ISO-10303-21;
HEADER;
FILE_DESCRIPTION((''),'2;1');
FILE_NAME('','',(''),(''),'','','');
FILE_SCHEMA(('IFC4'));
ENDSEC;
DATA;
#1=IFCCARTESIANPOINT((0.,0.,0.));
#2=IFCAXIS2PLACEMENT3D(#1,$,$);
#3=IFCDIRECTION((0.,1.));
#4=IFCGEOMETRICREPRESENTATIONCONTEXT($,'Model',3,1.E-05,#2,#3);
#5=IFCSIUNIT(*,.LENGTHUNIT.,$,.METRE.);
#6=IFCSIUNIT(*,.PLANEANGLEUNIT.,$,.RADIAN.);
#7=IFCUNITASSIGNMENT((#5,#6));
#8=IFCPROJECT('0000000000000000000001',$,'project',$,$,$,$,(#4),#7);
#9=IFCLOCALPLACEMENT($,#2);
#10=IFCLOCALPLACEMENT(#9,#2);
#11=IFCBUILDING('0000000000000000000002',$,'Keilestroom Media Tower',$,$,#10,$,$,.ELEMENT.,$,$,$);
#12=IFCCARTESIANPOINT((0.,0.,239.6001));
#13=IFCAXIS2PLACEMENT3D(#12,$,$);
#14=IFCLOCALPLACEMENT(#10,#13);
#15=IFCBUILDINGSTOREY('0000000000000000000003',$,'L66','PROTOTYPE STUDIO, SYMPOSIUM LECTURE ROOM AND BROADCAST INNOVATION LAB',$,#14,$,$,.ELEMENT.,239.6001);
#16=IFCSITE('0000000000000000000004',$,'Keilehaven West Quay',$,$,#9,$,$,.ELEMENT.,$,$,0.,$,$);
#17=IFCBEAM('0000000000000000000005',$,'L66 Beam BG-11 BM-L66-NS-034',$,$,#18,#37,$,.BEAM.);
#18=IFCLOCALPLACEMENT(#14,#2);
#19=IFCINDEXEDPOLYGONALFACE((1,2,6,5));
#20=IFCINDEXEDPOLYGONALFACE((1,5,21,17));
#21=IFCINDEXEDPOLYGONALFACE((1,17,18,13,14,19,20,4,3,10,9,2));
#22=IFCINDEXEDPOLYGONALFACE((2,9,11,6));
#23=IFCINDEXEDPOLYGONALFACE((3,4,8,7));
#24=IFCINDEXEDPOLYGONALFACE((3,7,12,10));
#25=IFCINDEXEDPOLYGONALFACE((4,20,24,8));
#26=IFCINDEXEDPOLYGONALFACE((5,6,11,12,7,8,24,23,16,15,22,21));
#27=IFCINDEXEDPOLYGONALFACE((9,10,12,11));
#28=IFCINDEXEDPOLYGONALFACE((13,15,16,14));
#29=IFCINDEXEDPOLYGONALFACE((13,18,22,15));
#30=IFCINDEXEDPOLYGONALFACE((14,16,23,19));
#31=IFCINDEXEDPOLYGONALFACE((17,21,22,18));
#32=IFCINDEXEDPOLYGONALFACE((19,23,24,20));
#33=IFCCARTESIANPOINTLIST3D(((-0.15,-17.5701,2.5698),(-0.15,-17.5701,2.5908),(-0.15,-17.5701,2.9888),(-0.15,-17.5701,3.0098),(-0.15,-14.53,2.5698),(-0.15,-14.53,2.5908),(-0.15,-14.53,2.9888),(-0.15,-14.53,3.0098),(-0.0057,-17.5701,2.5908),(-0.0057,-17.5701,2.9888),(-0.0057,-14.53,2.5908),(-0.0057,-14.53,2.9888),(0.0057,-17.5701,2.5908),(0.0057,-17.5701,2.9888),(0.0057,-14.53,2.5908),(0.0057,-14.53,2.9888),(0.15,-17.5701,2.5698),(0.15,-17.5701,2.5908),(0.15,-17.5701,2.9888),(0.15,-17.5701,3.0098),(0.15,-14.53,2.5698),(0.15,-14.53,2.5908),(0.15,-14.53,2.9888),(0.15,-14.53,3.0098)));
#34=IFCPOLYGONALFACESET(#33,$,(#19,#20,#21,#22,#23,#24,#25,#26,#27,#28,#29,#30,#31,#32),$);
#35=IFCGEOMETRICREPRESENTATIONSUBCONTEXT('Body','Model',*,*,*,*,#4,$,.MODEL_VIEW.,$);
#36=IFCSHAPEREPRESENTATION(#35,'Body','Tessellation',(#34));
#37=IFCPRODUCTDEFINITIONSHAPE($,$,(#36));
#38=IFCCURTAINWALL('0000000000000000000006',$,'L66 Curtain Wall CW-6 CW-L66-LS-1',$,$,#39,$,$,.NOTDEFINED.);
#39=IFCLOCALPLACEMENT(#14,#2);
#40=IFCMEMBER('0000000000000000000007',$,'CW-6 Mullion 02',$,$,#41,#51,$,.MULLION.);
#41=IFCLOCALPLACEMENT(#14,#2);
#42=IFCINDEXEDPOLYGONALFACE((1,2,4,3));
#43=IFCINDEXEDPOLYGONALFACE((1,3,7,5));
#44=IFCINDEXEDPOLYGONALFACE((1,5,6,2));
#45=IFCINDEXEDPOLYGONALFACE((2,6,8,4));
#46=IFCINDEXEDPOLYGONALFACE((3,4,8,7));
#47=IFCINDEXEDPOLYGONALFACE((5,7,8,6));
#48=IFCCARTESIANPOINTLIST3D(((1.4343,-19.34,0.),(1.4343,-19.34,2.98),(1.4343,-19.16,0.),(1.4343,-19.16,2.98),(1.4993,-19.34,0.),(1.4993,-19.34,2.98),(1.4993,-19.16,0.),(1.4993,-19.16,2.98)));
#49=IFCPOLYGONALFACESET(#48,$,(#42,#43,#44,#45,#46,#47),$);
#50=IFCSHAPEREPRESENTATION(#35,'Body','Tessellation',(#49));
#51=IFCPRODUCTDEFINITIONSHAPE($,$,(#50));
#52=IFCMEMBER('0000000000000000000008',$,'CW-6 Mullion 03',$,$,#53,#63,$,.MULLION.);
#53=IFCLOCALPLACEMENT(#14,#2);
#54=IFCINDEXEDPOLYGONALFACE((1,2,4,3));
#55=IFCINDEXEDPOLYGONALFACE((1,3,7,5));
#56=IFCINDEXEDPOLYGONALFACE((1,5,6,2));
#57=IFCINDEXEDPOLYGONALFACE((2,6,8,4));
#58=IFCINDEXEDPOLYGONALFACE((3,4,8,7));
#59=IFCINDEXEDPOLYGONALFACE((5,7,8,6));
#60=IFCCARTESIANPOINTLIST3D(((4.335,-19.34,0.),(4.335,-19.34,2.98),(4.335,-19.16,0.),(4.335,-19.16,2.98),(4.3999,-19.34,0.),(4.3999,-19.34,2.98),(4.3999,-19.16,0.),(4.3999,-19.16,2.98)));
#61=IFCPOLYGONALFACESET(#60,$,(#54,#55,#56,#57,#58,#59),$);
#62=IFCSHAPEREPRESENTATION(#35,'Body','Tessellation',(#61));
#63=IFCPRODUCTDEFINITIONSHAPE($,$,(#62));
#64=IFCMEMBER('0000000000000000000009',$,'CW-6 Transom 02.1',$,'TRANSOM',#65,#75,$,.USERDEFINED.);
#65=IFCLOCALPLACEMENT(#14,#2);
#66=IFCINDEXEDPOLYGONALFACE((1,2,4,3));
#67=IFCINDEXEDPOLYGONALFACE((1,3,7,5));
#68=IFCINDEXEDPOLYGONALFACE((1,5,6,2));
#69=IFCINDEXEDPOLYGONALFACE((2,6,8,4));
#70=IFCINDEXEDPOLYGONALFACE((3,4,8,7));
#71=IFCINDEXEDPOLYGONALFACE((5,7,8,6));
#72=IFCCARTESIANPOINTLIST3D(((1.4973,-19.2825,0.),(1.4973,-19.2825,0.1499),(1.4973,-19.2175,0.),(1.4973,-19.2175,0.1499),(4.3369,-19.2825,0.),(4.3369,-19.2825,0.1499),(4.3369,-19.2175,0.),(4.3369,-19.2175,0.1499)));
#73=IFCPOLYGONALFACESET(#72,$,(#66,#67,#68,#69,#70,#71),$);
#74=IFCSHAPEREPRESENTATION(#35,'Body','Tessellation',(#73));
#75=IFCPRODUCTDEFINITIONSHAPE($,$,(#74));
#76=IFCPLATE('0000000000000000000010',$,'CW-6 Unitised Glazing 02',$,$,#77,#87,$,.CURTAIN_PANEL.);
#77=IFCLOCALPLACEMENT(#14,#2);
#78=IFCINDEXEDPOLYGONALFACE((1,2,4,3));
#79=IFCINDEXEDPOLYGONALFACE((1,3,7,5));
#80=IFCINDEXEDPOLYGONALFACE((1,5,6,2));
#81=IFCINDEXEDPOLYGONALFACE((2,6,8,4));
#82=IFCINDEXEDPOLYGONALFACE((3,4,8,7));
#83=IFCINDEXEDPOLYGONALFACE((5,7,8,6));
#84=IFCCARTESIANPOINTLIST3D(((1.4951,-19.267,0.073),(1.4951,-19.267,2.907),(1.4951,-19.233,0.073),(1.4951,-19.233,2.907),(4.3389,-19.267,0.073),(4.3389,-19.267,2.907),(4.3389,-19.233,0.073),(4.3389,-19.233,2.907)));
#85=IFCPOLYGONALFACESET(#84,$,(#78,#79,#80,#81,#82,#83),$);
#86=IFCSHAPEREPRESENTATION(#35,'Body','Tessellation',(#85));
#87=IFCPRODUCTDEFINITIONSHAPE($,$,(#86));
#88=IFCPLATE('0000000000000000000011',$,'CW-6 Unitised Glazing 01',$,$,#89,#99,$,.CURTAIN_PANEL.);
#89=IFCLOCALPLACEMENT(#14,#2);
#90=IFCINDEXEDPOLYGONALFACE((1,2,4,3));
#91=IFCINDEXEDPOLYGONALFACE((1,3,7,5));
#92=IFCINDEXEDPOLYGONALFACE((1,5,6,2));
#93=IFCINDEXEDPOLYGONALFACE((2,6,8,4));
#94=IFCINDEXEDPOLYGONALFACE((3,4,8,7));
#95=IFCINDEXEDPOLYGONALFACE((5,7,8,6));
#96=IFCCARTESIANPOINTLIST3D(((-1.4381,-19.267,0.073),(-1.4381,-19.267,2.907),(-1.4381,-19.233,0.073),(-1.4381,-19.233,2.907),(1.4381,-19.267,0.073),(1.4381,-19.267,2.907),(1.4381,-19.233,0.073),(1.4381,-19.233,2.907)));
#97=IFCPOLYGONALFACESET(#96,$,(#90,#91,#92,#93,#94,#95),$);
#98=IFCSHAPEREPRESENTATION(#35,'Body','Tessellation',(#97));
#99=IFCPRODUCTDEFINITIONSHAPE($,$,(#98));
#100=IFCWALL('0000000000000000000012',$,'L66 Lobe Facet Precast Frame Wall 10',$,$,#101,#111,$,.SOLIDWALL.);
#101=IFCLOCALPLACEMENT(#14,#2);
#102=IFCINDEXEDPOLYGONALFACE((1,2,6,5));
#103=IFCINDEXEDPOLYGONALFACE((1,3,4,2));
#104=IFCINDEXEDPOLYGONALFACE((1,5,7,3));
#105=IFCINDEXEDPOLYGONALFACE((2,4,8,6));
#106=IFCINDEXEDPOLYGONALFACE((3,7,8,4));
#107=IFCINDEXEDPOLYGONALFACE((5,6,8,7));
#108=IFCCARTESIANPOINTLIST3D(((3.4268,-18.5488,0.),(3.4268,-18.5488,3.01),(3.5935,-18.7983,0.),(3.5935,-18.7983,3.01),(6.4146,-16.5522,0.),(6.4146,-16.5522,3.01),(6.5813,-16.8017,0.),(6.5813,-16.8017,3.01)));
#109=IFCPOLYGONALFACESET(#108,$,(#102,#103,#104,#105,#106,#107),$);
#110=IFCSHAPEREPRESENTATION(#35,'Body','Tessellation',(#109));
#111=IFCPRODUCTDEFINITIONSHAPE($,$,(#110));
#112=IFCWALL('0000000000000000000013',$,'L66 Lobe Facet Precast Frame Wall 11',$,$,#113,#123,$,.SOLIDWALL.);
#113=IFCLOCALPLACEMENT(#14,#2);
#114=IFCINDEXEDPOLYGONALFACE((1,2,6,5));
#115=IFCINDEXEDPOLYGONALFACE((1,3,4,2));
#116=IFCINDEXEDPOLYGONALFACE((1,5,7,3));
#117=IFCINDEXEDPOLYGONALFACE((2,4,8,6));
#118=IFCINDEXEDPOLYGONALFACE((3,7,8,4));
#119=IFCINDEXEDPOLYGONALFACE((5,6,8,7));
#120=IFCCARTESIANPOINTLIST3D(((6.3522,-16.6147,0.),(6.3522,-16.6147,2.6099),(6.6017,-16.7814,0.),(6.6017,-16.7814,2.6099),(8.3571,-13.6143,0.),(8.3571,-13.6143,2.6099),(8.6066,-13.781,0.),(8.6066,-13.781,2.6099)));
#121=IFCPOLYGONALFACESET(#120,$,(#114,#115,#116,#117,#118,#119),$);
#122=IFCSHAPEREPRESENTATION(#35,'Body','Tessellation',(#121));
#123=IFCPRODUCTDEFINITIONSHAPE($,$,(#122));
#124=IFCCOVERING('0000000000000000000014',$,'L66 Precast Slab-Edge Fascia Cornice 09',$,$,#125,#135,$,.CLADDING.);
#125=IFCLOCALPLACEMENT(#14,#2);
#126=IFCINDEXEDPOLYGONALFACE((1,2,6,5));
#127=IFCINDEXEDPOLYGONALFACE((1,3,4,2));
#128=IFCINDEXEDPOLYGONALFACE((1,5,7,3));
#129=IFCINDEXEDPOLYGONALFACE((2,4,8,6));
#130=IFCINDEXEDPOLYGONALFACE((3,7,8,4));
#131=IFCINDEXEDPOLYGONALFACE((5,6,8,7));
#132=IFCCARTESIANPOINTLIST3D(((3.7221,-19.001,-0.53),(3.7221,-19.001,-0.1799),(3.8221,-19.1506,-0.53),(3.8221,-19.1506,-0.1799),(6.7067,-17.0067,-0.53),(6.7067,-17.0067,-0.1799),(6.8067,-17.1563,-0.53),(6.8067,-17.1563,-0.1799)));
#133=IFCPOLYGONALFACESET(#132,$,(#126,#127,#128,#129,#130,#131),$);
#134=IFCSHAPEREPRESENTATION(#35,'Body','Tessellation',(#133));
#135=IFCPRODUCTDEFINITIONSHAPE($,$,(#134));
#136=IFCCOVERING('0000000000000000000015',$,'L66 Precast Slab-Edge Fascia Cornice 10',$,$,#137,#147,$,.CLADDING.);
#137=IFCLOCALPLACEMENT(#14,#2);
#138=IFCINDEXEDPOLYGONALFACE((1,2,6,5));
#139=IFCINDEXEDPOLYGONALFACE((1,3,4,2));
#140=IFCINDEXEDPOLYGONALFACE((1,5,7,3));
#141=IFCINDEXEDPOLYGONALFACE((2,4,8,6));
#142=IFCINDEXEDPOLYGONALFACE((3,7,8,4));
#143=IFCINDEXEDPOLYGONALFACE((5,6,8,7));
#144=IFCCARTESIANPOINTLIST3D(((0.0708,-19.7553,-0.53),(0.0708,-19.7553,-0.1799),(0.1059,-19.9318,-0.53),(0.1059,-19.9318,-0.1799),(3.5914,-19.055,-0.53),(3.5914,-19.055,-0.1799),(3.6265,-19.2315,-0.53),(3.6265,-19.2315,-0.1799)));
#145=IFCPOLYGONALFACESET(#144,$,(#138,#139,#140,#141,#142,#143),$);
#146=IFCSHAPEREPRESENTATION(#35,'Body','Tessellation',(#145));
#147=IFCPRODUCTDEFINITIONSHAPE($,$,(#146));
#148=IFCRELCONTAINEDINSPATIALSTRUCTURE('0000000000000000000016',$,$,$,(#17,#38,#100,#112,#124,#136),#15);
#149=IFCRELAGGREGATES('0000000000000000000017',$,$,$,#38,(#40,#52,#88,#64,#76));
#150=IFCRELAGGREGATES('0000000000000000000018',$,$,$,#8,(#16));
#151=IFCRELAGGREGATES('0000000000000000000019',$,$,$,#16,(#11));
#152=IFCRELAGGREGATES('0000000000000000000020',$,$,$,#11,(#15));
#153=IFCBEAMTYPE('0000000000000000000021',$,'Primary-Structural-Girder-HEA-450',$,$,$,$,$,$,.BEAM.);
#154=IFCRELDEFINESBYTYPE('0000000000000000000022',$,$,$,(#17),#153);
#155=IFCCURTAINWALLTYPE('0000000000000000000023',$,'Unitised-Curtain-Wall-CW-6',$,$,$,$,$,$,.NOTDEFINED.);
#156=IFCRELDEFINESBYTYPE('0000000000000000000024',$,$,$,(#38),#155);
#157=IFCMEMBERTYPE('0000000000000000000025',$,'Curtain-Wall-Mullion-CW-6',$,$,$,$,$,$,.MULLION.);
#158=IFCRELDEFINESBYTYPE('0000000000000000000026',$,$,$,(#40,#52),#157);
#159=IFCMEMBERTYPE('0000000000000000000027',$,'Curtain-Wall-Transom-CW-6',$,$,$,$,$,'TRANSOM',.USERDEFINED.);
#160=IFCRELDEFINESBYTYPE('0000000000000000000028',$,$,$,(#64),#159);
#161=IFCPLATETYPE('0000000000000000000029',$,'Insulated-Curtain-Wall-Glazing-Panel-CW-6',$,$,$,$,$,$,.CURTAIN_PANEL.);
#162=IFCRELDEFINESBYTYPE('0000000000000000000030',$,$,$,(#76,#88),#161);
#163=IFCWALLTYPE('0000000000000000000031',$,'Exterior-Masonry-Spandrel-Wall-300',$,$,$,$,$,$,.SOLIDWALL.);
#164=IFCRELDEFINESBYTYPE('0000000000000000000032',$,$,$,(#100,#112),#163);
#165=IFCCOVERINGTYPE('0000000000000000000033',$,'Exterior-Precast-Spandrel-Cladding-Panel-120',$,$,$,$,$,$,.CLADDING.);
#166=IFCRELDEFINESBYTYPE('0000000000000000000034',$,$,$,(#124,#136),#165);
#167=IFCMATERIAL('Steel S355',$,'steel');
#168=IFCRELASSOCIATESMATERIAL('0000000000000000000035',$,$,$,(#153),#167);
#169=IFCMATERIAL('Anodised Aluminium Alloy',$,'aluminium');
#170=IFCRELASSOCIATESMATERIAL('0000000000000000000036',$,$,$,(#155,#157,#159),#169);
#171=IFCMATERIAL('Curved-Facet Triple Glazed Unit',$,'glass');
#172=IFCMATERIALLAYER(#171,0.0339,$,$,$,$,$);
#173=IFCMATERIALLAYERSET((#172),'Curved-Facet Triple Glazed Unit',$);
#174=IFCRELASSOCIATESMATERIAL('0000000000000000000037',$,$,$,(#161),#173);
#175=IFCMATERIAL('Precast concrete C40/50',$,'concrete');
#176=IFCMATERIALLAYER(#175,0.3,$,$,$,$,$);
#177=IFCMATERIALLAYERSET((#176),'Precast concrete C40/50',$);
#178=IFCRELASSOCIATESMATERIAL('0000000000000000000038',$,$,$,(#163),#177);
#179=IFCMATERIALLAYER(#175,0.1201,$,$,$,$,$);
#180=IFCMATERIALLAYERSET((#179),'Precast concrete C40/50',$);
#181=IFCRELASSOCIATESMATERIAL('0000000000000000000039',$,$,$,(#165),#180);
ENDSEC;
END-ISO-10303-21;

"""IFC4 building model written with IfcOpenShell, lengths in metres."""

from ifc_helpers import new_model, si_unit, direction, frame, frame_2d, origin, origin_2d, place, context, subcontext, project, spatial, rectangle, i_section, extrude, source, transform, mapped, material, layer, layer_set, material_profile, profile_set, type_object, element, aggregate, save


model = new_model("IFC4")

# Units and contexts
model_context = context("Model", 3, precision=1e-05, world=origin(), true_north=direction((0.0, 1.0)))
body_context = subcontext(model_context, "Body", "Model", "MODEL_VIEW")
ifc_project = project(units=[si_unit("LENGTHUNIT", "METRE"), si_unit("PLANEANGLEUNIT", "RADIAN")], contexts=[model_context])

# Site, building, storey
site_placement = place(None, origin())
site = spatial("IfcSite", under=ifc_project, at=site_placement, Name="Keilehaven West Quay", CompositionType="ELEMENT", RefElevation=0.0)
building_placement = place(site_placement, origin())
building = spatial("IfcBuilding", under=site, at=building_placement, Name="Keilestroom Media Tower", CompositionType="ELEMENT")
storey_placement = place(building_placement, frame((0.0, 0.0, 239.6001)))
storey = spatial("IfcBuildingStorey", under=building, at=storey_placement, Name="L66", Description="PROTOTYPE STUDIO, SYMPOSIUM LECTURE ROOM AND BROADCAST INNOVATION LAB", CompositionType="ELEMENT", Elevation=239.6001)

# Shared definitions
ifc_material_1 = material(Name="Steel S355", Category="steel")

# Beam
ifc_material_profile_1 = material_profile(ifc_material_1, i_section(OverallWidth=0.3, OverallDepth=0.4399, WebThickness=0.0115, FlangeThickness=0.021, at=origin_2d()), Name="HEA 450")
ifc_profile_set_1 = profile_set([ifc_material_profile_1], Name="Steel S355")
beam_type_1 = type_object("IfcBeamType", Name="Primary-Structural-Girder-HEA-450", PredefinedType="BEAM", material=ifc_profile_set_1)
shared_shape_1 = source(origin(), body_context, "Body", "SweptSolid", [
    extrude(i_section(OverallWidth=0.3, OverallDepth=0.4399, WebThickness=0.0115, FlangeThickness=0.021, at=origin_2d()), origin(), (0.0, 0.0, 1.0), 3.04),
])
beam_1_placement = place(storey_placement, frame((0.0, -17.5701, 2.7898), z_axis=(0.0, 1.0, 0.0), x_axis=(-1.0, 0.0, 0.0)))
element("IfcBeam", 1, at=beam_1_placement, inside=storey, type_object=beam_type_1, Name="L66 Beam BG-11 BM-L66-NS-034", PredefinedType="BEAM", context=body_context, shape_type="MappedRepresentation", body=[
    mapped(shared_shape_1, transform((0.0, 0.0, 0.0), x_axis=(1.0, 0.0, 0.0), y_axis=(0.0, 1.0, 0.0), z_axis=(0.0, 0.0, 1.0), scale=1.0)),
])

# Curtain wall, members, plates
ifc_material_2 = material(Name="Anodised Aluminium Alloy", Category="aluminium")
curtain_wall_type = type_object("IfcCurtainWallType", Name="Unitised-Curtain-Wall-CW-6", PredefinedType="NOTDEFINED", material=ifc_material_2)
curtain_wall_placement = place(storey_placement, origin())
curtain_wall = element("IfcCurtainWall", 2, at=curtain_wall_placement, inside=storey, type_object=curtain_wall_type, Name="L66 Curtain Wall CW-6 CW-L66-LS-1", PredefinedType="NOTDEFINED")
ifc_material_profile_2 = material_profile(ifc_material_2, rectangle(XDim=0.0649, YDim=0.1799, at=origin_2d()), Name="ALU MULLION 65x180")
ifc_profile_set_2 = profile_set([ifc_material_profile_2], Name="Anodised Aluminium Alloy")
member_type_1 = type_object("IfcMemberType", Name="Curtain-Wall-Mullion-CW-6", PredefinedType="MULLION", material=ifc_profile_set_2)
shared_shape_2 = source(origin(), body_context, "Body", "SweptSolid", [
    extrude(rectangle(XDim=0.0649, YDim=0.1799, at=origin_2d()), origin(), (0.0, 0.0, 1.0), 2.98),
])
member_1_placement = place(storey_placement, frame((1.4668, -19.25, 0.0), z_axis=(0.0, 0.0, 1.0), x_axis=(1.0, 0.0, 0.0)))
member_1 = element("IfcMember", 3, at=member_1_placement, type_object=member_type_1, Name="CW-6 Mullion 02", PredefinedType="MULLION", context=body_context, shape_type="MappedRepresentation", body=[
    mapped(shared_shape_2, transform((0.0, 0.0, 0.0), x_axis=(1.0, 0.0, 0.0), y_axis=(0.0, 1.0, 0.0), z_axis=(0.0, 0.0, 1.0), scale=1.0)),
])
member_2_placement = place(storey_placement, frame((4.3674, -19.25, 0.0), z_axis=(0.0, 0.0, 1.0), x_axis=(1.0, 0.0, 0.0)))
member_2 = element("IfcMember", 4, at=member_2_placement, type_object=member_type_1, Name="CW-6 Mullion 03", PredefinedType="MULLION", context=body_context, shape_type="MappedRepresentation", body=[
    mapped(shared_shape_2, transform((0.0, 0.0, 0.0), x_axis=(1.0, 0.0, 0.0), y_axis=(0.0, 1.0, 0.0), z_axis=(0.0, 0.0, 1.0), scale=1.0)),
])
ifc_material_profile_3 = material_profile(ifc_material_2, rectangle(XDim=0.0649, YDim=0.1499, at=origin_2d()), Name="ALU TRANSOM 65x150")
ifc_profile_set_3 = profile_set([ifc_material_profile_3], Name="Anodised Aluminium Alloy")
member_type_2 = type_object("IfcMemberType", Name="Curtain-Wall-Transom-CW-6", ElementType="TRANSOM", PredefinedType="USERDEFINED", material=ifc_profile_set_3)
shared_shape_3 = source(origin(), body_context, "Body", "SweptSolid", [
    extrude(rectangle(XDim=0.0649, YDim=0.1499, at=origin_2d()), origin(), (0.0, 0.0, 1.0), 2.8396),
])
member_3_placement = place(storey_placement, frame((1.4973, -19.25, 0.075), z_axis=(1.0, 0.0, 0.0), x_axis=(0.0, 1.0, 0.0)))
member_3 = element("IfcMember", 5, at=member_3_placement, type_object=member_type_2, Name="CW-6 Transom 02.1", ObjectType="TRANSOM", PredefinedType="USERDEFINED", context=body_context, shape_type="MappedRepresentation", body=[
    mapped(shared_shape_3, transform((0.0, 0.0, 0.0), x_axis=(1.0, 0.0, 0.0), y_axis=(0.0, 1.0, 0.0), z_axis=(0.0, 0.0, 1.0), scale=1.0)),
])
ifc_material_3 = material(Name="Curved-Facet Triple Glazed Unit", Category="glass")
ifc_layer_1 = layer(ifc_material_3, 0.0339)
ifc_layer_set_1 = layer_set([ifc_layer_1], Name="Curved-Facet Triple Glazed Unit")
plate_type = type_object("IfcPlateType", Name="Insulated-Curtain-Wall-Glazing-Panel-CW-6", PredefinedType="CURTAIN_PANEL", material=ifc_layer_set_1)
shared_shape_4 = source(origin(), body_context, "Body", "SweptSolid", [
    extrude(rectangle(XDim=2.8438, YDim=0.0339, at=origin_2d()), origin(), (0.0, 0.0, 1.0), 2.834),
])
plate_1_placement = place(storey_placement, frame((2.917, -19.25, 0.073), z_axis=(0.0, 0.0, 1.0), x_axis=(1.0, 0.0, 0.0)))
plate_1 = element("IfcPlate", 6, at=plate_1_placement, type_object=plate_type, Name="CW-6 Unitised Glazing 02", PredefinedType="CURTAIN_PANEL", context=body_context, shape_type="MappedRepresentation", body=[
    mapped(shared_shape_4, transform((0.0, 0.0, 0.0), x_axis=(1.0, 0.0, 0.0), y_axis=(0.0, 1.0, 0.0), z_axis=(0.0, 0.0, 1.0), scale=1.0)),
])
shared_shape_5 = source(origin(), body_context, "Body", "SweptSolid", [
    extrude(rectangle(XDim=2.8762, YDim=0.0339, at=origin_2d()), origin(), (0.0, 0.0, 1.0), 2.834),
])
plate_2_placement = place(storey_placement, frame((0.0, -19.25, 0.073), z_axis=(0.0, 0.0, 1.0), x_axis=(1.0, 0.0, 0.0)))
plate_2 = element("IfcPlate", 7, at=plate_2_placement, type_object=plate_type, Name="CW-6 Unitised Glazing 01", PredefinedType="CURTAIN_PANEL", context=body_context, shape_type="MappedRepresentation", body=[
    mapped(shared_shape_5, transform((0.0, 0.0, 0.0), x_axis=(1.0, 0.0, 0.0), y_axis=(0.0, 1.0, 0.0), z_axis=(0.0, 0.0, 1.0), scale=1.0)),
])
aggregate(curtain_wall, [member_1, member_2, plate_2, member_3, plate_1])

# Walls
ifc_material_4 = material(Name="Precast concrete C40/50", Category="concrete")
ifc_layer_2 = layer(ifc_material_4, 0.3)
ifc_layer_set_2 = layer_set([ifc_layer_2], Name="Precast concrete C40/50")
wall_type = type_object("IfcWallType", Name="Exterior-Masonry-Spandrel-Wall-300", PredefinedType="SOLIDWALL", material=ifc_layer_set_2)
wall_1_placement = place(storey_placement, frame((3.51, -18.6736, 0.0), z_axis=(0.0, 0.0, 1.0), x_axis=(0.831444, 0.555609, 0.0)))
element("IfcWall", 8, at=wall_1_placement, inside=storey, type_object=wall_type, Name="L66 Lobe Facet Precast Frame Wall 10", PredefinedType="SOLIDWALL", context=body_context, shape_type="SweptSolid", body=[
    extrude(rectangle(XDim=3.5935, YDim=0.3, at=frame_2d((1.7969, 0.0))), origin(), (0.0, 0.0, 1.0), 3.01),
])
wall_2_placement = place(storey_placement, frame((6.4771, -16.698, 0.0), z_axis=(0.0, 0.0, 1.0), x_axis=(0.555574, 0.831467, 0.0)))
element("IfcWall", 9, at=wall_2_placement, inside=storey, type_object=wall_type, Name="L66 Lobe Facet Precast Frame Wall 11", PredefinedType="SOLIDWALL", context=body_context, shape_type="SweptSolid", body=[
    extrude(rectangle(XDim=3.6086, YDim=0.3, at=frame_2d((1.8042, 0.0))), origin(), (0.0, 0.0, 1.0), 2.6099),
])

# Coverings
ifc_layer_3 = layer(ifc_material_4, 0.1201)
ifc_layer_set_3 = layer_set([ifc_layer_3], Name="Precast concrete C40/50")
covering_type = type_object("IfcCoveringType", Name="Exterior-Precast-Spandrel-Cladding-Panel-120", PredefinedType="CLADDING", material=ifc_layer_set_3)
shared_shape_6 = source(origin(), body_context, "Body", "SweptSolid", [
    extrude(rectangle(XDim=3.5896, YDim=0.1799, at=origin_2d()), origin(), (0.0, 0.0, 1.0), 0.3501),
])
for number, where, z_axis, x_axis, name in (
    (10, (5.2644, -18.0786, -0.53), (0.0, 0.0, 1.0), (-0.831467, -0.555575, 0.0), "L66 Precast Slab-Edge Fascia Cornice 09"),
    (11, (1.8486, -19.4934, -0.53), (0.0, 0.0, 1.0), (-0.980784, -0.195099, 0.0), "L66 Precast Slab-Edge Fascia Cornice 10"),
):
    element("IfcCovering", number, at=place(storey_placement, frame(where, z_axis=z_axis, x_axis=x_axis)), inside=storey, type_object=covering_type, Name=name, PredefinedType="CLADDING", context=body_context, shape_type="MappedRepresentation", body=[
        mapped(shared_shape_6, transform((0.0, 0.0, 0.0), x_axis=(1.0, 0.0, 0.0), y_axis=(0.0, 1.0, 0.0), z_axis=(0.0, 0.0, 1.0), scale=1.0)),
    ])

save(model, "model.ifc")
